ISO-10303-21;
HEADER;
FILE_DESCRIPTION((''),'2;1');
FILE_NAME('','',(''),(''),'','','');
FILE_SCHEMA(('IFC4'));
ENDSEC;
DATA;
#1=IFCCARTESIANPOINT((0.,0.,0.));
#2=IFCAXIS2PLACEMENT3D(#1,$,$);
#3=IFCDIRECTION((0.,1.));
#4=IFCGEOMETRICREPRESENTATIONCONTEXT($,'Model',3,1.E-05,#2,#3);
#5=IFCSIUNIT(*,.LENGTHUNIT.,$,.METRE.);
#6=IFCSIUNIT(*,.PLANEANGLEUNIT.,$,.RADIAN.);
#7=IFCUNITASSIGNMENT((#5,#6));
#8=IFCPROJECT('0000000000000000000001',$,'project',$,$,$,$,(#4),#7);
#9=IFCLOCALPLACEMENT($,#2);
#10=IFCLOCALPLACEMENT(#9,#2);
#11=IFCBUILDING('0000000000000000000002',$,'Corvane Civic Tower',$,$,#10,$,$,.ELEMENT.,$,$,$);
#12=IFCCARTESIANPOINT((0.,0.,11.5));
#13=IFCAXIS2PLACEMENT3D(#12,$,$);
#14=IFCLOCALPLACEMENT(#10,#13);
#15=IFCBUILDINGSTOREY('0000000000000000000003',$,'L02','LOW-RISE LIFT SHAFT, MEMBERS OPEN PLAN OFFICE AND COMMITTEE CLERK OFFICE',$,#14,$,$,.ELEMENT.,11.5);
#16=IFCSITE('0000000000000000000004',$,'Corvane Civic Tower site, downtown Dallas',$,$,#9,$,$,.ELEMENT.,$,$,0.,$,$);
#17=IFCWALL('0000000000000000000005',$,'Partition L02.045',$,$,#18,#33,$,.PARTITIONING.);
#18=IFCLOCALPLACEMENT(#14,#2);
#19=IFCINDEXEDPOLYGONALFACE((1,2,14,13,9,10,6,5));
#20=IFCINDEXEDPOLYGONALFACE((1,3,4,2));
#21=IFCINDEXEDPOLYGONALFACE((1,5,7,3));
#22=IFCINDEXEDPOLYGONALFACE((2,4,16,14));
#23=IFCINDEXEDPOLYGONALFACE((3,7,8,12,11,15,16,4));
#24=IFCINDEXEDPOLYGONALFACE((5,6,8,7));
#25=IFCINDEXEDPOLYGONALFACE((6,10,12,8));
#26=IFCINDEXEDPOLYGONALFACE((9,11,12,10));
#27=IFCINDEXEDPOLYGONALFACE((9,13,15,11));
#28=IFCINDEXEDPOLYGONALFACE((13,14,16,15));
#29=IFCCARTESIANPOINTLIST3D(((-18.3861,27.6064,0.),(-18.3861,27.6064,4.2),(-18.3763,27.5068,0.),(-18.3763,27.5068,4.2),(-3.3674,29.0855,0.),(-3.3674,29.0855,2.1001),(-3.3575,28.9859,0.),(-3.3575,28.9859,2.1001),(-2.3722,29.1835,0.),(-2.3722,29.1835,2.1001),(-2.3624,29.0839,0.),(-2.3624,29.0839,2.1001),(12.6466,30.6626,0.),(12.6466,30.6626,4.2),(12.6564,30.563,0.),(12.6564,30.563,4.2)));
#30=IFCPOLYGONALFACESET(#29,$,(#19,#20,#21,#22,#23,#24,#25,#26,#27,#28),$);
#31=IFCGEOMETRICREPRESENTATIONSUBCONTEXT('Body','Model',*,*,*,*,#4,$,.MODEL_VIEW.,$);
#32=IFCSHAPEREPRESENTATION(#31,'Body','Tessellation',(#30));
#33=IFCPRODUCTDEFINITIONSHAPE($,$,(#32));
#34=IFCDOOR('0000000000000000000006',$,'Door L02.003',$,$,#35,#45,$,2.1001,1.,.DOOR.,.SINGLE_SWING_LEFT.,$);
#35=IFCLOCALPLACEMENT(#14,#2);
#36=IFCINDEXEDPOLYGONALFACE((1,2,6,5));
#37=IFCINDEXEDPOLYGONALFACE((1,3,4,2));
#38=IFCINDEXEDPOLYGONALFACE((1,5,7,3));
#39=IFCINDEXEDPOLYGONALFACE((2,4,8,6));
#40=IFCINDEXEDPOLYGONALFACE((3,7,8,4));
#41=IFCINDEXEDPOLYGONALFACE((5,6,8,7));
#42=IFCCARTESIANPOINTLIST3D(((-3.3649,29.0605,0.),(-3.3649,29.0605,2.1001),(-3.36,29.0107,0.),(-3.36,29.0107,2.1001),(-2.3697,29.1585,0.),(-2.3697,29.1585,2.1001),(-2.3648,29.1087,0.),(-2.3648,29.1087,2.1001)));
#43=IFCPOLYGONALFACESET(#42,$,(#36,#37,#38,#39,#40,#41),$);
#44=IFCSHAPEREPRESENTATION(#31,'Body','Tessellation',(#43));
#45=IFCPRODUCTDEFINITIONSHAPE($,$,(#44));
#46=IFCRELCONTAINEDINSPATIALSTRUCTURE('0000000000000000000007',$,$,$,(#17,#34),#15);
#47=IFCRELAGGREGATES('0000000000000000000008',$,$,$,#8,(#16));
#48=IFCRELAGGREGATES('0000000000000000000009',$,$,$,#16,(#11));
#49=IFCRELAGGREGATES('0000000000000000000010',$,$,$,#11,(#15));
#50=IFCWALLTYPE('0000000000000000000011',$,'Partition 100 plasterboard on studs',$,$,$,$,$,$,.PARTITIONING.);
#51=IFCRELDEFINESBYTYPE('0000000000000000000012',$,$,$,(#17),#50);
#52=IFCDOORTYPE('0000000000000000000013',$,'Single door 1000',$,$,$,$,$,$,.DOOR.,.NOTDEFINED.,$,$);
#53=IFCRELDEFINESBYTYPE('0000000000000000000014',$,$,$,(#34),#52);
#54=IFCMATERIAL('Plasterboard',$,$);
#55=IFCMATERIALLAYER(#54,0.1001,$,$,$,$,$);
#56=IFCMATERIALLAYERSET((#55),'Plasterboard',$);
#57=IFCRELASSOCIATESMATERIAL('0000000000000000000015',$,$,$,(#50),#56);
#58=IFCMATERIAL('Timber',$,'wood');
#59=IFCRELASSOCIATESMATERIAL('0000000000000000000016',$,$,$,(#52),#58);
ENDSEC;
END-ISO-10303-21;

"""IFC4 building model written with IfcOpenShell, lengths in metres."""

from ifc_helpers import new_model, si_unit, direction, frame, frame_2d, origin, place, context, subcontext, project, spatial, rectangle, extrude, material, layer, layer_set, type_object, element, fill, save


model = new_model("IFC4")

# Units and contexts
model_context = context("Model", 3, precision=1e-05, world=origin(), true_north=direction((0.0, 1.0)))
body_context = subcontext(model_context, "Body", "Model", "MODEL_VIEW")
ifc_project = project(units=[si_unit("LENGTHUNIT", "METRE"), si_unit("PLANEANGLEUNIT", "RADIAN")], contexts=[model_context])

# Site, building, storey
site_placement = place(None, origin())
site = spatial("IfcSite", under=ifc_project, at=site_placement, Name="Corvane Civic Tower site, downtown Dallas", CompositionType="ELEMENT", RefElevation=0.0)
building_placement = place(site_placement, origin())
building = spatial("IfcBuilding", under=site, at=building_placement, Name="Corvane Civic Tower", CompositionType="ELEMENT")
storey_placement = place(building_placement, frame((0.0, 0.0, 11.5)))
storey = spatial("IfcBuildingStorey", under=building, at=storey_placement, Name="L02", Description="LOW-RISE LIFT SHAFT, MEMBERS OPEN PLAN OFFICE AND COMMITTEE CLERK OFFICE", CompositionType="ELEMENT", Elevation=11.5)

# Wall, opening, door
ifc_material_1 = material(Name="Plasterboard")
ifc_layer_1 = layer(ifc_material_1, 0.1001)
ifc_layer_set_1 = layer_set([ifc_layer_1], Name="Plasterboard")
wall_type_1 = type_object("IfcWallType", Name="Partition 100 plasterboard on studs", PredefinedType="PARTITIONING", material=ifc_layer_set_1)
wall_1_placement = place(storey_placement, frame((-18.3811, 27.5566, 0.0), z_axis=(0.0, 0.0, 1.0), x_axis=(0.995186, 0.098008, 0.0)))
wall_1 = element("IfcWall", 1, at=wall_1_placement, inside=storey, type_object=wall_type_1, Name="Partition L02.045", PredefinedType="PARTITIONING", context=body_context, shape_type="SweptSolid", body=[
    extrude(rectangle(XDim=31.1829, YDim=0.1001, at=frame_2d((15.5913, 0.0))), origin(), (0.0, 0.0, 1.0), 4.2),
])
opening_1_placement = place(wall_1_placement, frame((15.0913, 0.0, 0.0)))
opening_1 = element("IfcOpeningElement", 2, at=opening_1_placement, cuts=wall_1, PredefinedType="OPENING", context=body_context, shape_type="SweptSolid", body=[
    extrude(rectangle(XDim=1.0, YDim=2.1001, at=frame_2d((0.5, 1.05))), frame((0.0, 0.0601, 0.0), z_axis=(0.0, -1.0, 0.0), x_axis=(1.0, 0.0, 0.0)), (0.0, 0.0, 1.0), 0.1201),
])
ifc_material_2 = material(Name="Timber", Category="wood")
door_type_1 = type_object("IfcDoorType", Name="Single door 1000", OperationType="NOTDEFINED", PredefinedType="DOOR", material=ifc_material_2)
door_1_placement = place(opening_1_placement, origin())
door_1 = element("IfcDoor", 3, at=door_1_placement, inside=storey, type_object=door_type_1, Name="Door L02.003", OperationType="SINGLE_SWING_LEFT", OverallHeight=2.1001, OverallWidth=1.0, PredefinedType="DOOR", context=body_context, shape_type="SweptSolid", body=[
    extrude(rectangle(XDim=1.0, YDim=2.1001, at=frame_2d((0.5, 1.05))), frame((0.0, 0.0249, 0.0), z_axis=(0.0, -1.0, 0.0), x_axis=(1.0, 0.0, 0.0)), (0.0, 0.0, 1.0), 0.05),
])
fill(opening_1, door_1)

save(model, "model.ifc")
